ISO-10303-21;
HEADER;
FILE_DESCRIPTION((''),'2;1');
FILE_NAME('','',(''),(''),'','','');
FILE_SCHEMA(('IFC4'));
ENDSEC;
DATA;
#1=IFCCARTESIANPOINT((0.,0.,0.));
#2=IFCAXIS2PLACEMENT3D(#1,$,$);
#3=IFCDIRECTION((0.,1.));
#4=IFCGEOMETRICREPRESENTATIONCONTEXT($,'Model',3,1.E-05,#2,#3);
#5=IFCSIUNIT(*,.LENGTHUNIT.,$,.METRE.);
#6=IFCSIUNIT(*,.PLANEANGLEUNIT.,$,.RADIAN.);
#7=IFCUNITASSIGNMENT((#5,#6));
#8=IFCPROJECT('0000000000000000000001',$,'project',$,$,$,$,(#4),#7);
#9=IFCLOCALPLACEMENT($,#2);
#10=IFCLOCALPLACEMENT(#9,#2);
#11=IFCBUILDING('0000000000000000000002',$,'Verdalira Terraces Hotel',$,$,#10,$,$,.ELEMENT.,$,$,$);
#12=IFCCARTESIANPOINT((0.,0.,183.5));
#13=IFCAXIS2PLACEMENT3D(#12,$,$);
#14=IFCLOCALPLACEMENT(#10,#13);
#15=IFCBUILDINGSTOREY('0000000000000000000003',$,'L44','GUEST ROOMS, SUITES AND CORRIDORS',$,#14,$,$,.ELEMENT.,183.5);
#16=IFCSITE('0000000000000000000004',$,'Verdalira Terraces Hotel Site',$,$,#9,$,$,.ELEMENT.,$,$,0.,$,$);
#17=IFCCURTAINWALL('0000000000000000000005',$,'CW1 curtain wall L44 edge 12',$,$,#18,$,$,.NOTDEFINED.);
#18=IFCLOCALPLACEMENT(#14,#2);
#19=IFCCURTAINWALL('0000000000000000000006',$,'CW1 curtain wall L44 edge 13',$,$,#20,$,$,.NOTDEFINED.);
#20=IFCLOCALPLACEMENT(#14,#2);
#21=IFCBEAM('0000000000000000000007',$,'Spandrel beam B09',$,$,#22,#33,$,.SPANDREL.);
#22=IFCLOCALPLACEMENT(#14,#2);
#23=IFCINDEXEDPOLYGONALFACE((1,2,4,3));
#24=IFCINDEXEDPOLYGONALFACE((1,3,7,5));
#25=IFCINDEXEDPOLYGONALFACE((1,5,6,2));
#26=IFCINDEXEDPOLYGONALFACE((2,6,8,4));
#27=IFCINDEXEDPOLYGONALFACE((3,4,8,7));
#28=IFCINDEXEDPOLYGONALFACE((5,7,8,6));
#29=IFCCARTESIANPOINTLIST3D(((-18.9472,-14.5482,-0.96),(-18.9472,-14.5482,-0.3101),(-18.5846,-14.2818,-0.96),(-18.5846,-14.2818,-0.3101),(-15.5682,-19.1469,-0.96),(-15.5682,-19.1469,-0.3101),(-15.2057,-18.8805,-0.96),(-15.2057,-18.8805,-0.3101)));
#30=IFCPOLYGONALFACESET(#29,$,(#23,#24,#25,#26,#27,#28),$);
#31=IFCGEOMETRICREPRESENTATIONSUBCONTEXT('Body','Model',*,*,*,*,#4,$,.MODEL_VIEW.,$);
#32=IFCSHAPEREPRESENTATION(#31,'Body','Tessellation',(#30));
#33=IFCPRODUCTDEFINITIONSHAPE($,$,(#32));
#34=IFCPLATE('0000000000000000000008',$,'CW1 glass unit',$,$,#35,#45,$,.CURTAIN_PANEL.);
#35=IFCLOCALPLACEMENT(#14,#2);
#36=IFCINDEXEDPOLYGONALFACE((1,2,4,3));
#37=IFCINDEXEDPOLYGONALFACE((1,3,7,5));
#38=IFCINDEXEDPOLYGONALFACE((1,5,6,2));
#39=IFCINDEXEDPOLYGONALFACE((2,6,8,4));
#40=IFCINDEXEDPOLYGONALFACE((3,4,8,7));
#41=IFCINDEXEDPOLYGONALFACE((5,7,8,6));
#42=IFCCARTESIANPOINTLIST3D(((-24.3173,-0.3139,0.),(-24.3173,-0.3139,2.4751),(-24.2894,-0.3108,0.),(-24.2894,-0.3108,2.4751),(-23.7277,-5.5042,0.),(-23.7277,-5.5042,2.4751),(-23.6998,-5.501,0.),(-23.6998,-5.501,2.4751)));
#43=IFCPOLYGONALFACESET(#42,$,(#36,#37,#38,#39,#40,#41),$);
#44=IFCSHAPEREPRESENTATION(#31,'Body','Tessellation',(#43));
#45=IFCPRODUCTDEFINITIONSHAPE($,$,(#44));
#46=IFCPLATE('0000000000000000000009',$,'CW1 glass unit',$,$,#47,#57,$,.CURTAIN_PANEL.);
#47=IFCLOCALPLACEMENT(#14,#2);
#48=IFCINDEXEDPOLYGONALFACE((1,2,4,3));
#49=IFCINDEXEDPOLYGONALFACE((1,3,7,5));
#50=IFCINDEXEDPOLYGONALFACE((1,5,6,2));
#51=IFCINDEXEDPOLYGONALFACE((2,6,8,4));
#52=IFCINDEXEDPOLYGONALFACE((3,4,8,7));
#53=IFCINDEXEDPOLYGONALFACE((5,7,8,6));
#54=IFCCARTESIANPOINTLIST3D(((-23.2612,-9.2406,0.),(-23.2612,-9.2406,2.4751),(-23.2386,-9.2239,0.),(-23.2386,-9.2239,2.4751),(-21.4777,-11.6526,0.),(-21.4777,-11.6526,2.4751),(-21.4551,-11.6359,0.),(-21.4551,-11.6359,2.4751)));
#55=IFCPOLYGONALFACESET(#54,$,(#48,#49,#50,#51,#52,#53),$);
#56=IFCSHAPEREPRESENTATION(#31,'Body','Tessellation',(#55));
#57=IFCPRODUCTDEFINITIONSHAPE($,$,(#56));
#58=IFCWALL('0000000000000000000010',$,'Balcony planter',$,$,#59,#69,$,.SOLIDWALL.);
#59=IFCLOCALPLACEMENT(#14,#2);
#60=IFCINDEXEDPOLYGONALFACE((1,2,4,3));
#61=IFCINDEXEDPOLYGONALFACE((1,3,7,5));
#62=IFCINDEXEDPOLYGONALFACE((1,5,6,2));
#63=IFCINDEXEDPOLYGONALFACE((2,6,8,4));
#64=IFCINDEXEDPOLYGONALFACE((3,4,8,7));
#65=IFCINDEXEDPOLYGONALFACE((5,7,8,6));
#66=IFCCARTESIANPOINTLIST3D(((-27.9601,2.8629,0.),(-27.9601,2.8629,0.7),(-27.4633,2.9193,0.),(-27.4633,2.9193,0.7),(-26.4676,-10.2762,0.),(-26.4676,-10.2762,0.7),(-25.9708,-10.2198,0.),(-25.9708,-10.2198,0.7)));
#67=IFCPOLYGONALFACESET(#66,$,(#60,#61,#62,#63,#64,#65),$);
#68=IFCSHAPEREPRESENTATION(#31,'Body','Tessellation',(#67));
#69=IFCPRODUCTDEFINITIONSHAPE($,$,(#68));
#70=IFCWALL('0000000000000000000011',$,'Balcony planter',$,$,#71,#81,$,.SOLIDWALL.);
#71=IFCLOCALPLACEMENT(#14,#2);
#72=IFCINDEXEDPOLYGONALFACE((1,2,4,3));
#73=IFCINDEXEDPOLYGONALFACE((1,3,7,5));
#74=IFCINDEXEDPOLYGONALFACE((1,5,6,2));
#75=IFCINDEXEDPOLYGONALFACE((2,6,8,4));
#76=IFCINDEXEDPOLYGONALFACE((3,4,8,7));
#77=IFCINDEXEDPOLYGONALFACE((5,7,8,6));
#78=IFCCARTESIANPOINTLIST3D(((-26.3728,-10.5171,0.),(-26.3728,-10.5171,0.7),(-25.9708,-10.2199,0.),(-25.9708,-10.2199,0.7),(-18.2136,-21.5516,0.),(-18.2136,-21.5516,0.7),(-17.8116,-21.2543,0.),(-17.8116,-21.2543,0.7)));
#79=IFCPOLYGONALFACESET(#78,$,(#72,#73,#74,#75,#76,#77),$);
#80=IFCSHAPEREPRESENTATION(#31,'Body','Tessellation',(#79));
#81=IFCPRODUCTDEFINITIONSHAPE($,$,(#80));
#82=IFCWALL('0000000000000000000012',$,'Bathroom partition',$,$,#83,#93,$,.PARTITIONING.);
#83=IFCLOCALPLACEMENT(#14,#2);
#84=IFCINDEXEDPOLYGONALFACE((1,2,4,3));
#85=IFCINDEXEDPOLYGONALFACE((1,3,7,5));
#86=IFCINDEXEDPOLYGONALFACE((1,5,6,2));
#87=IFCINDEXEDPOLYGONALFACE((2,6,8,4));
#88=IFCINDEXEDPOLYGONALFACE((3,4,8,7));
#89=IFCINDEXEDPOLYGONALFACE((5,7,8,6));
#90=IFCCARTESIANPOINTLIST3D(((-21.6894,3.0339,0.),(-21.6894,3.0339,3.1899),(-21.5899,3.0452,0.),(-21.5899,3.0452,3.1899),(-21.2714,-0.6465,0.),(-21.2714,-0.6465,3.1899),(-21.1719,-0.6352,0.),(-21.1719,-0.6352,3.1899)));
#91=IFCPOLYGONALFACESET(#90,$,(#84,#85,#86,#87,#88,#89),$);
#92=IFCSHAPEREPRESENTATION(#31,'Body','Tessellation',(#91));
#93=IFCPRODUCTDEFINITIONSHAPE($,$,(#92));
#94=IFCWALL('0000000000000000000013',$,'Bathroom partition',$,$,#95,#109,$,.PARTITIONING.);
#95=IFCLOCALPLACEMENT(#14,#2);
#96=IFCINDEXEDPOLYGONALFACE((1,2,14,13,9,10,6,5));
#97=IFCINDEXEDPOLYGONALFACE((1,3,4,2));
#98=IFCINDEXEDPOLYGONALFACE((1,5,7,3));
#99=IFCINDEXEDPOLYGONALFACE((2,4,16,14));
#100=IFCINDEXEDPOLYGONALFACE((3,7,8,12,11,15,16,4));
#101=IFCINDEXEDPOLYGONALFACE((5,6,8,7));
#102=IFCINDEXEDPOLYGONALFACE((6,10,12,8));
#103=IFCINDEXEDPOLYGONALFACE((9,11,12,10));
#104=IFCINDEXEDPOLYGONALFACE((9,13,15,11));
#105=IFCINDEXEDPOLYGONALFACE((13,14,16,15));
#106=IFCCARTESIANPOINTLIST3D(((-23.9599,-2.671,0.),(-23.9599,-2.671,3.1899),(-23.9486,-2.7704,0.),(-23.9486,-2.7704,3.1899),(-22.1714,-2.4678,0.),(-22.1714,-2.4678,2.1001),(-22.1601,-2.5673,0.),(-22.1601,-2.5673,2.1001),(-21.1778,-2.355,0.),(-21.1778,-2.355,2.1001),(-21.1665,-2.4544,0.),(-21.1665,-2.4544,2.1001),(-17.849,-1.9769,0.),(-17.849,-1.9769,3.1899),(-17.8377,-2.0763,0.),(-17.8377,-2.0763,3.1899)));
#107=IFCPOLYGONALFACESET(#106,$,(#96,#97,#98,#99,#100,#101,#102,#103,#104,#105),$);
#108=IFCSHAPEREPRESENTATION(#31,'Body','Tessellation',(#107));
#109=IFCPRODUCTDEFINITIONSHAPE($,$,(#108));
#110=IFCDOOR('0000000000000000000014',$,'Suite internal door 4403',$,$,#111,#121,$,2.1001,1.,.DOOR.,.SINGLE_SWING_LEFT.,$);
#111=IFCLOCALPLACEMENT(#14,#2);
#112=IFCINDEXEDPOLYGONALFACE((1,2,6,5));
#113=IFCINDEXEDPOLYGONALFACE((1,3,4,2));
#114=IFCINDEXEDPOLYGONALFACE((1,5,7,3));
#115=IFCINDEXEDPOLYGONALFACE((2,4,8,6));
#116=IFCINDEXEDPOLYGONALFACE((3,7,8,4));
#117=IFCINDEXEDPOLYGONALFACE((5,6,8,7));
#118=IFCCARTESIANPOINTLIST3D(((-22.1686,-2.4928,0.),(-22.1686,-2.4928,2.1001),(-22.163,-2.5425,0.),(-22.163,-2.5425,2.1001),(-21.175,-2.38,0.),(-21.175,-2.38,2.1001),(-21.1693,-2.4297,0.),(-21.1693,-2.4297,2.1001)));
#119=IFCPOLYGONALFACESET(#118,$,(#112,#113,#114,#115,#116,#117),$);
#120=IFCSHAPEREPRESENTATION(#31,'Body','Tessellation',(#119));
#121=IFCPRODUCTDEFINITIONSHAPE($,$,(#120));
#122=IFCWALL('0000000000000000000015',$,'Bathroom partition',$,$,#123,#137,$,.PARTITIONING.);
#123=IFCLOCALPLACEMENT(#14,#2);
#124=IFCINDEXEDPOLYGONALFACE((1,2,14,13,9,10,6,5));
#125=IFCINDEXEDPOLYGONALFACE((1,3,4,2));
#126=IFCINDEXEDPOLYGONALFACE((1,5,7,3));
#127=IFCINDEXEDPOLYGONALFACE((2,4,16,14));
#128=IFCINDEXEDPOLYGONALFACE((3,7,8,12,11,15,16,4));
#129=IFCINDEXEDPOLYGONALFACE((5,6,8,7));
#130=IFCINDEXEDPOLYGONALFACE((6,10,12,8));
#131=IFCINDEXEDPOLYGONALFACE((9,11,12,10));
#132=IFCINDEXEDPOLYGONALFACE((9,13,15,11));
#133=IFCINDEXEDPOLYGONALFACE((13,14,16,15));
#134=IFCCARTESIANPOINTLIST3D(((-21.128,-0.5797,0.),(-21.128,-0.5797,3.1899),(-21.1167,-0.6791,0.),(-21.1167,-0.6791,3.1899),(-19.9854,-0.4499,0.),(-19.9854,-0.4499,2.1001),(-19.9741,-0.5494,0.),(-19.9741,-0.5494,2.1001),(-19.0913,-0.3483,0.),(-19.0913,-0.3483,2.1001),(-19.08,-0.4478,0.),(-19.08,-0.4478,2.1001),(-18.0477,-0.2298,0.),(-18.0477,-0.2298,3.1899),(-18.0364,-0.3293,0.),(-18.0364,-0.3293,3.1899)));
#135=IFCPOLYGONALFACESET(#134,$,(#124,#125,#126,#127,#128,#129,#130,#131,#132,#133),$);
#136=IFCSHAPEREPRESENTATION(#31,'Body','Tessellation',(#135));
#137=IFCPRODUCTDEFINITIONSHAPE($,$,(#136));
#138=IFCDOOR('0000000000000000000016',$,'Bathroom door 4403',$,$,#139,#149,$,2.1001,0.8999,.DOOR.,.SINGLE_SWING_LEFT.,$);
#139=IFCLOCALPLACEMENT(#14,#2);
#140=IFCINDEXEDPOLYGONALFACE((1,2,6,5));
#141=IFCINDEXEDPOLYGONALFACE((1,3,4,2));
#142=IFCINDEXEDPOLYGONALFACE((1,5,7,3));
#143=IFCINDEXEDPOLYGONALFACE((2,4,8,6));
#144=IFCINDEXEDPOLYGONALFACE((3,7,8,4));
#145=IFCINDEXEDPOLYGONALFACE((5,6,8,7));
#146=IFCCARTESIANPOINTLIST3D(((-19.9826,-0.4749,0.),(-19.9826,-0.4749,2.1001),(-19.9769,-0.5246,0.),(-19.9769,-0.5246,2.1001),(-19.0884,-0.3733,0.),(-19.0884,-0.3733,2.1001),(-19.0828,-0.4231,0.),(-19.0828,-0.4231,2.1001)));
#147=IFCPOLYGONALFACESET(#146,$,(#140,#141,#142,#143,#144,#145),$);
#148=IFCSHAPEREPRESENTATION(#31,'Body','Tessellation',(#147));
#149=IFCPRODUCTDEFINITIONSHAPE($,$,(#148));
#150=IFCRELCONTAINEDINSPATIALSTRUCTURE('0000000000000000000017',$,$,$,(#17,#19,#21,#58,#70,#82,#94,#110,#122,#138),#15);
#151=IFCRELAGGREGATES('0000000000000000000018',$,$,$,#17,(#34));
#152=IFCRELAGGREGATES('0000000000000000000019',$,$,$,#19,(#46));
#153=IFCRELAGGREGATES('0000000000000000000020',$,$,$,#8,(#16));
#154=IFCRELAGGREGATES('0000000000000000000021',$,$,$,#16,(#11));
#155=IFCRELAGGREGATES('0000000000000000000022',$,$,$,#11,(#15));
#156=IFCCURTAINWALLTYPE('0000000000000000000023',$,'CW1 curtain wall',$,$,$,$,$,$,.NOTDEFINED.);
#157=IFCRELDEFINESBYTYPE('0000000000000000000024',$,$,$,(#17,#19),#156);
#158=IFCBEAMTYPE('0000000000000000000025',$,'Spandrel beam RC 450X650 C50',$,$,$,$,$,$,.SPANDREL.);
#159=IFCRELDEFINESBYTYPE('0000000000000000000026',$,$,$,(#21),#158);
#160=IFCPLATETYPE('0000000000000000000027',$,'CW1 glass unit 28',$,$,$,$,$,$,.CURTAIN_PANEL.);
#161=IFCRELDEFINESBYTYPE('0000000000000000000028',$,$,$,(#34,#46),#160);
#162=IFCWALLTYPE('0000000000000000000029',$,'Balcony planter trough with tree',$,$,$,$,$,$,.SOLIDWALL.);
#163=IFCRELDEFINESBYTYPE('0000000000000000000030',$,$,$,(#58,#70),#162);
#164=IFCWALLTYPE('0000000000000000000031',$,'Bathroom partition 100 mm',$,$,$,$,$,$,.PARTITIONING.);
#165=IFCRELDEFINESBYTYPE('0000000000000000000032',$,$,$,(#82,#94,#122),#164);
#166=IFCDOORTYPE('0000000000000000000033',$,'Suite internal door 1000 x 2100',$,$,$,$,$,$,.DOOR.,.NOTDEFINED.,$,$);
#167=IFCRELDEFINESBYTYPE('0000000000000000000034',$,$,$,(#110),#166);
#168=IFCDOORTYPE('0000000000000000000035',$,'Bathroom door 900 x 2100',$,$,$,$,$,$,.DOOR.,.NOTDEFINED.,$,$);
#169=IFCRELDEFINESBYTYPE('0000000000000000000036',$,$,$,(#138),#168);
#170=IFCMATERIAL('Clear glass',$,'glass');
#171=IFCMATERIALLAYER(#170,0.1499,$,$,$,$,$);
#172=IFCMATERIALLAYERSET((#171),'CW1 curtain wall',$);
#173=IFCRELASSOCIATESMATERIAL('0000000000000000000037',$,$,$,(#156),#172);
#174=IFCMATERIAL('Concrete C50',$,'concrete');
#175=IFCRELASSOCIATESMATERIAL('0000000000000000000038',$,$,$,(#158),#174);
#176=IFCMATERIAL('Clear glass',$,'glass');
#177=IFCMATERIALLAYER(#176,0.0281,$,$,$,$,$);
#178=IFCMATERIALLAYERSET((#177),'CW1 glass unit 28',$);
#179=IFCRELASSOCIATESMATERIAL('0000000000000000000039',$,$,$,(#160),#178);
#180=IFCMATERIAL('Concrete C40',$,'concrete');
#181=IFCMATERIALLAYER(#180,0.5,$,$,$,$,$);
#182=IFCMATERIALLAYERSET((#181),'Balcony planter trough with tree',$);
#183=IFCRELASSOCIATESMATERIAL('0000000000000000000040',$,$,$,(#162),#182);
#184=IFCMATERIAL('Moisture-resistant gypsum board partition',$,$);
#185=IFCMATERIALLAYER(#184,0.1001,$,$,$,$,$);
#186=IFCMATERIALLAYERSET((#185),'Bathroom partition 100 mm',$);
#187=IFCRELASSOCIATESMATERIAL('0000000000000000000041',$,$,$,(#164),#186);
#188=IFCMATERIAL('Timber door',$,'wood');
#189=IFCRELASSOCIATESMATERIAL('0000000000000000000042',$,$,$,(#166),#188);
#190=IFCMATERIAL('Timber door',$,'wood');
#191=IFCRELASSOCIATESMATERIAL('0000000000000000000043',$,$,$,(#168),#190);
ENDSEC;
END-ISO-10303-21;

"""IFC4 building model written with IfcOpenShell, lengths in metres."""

from ifc_helpers import new_model, si_unit, direction, frame, frame_2d, origin, origin_2d, place, context, subcontext, project, spatial, rectangle, extrude, material, layer, layer_set, material_profile, profile_set, type_object, element, fill, aggregate, save


model = new_model("IFC4")

# Units and contexts
model_context = context("Model", 3, precision=1e-05, world=origin(), true_north=direction((0.0, 1.0)))
body_context = subcontext(model_context, "Body", "Model", "MODEL_VIEW")
ifc_project = project(units=[si_unit("LENGTHUNIT", "METRE"), si_unit("PLANEANGLEUNIT", "RADIAN")], contexts=[model_context])

# Site, building, storey
site_placement = place(None, origin())
site = spatial("IfcSite", under=ifc_project, at=site_placement, Name="Verdalira Terraces Hotel Site", CompositionType="ELEMENT", RefElevation=0.0)
building_placement = place(site_placement, origin())
building = spatial("IfcBuilding", under=site, at=building_placement, Name="Verdalira Terraces Hotel", CompositionType="ELEMENT")
storey_placement = place(building_placement, frame((0.0, 0.0, 183.5)))
storey = spatial("IfcBuildingStorey", under=building, at=storey_placement, Name="L44", Description="GUEST ROOMS, SUITES AND CORRIDORS", CompositionType="ELEMENT", Elevation=183.5)

# Curtain wall
ifc_material_1 = material(Name="Clear glass", Category="glass")
ifc_layer_1 = layer(ifc_material_1, 0.1499)
ifc_layer_set_1 = layer_set([ifc_layer_1], Name="CW1 curtain wall")
curtain_wall_type = type_object("IfcCurtainWallType", Name="CW1 curtain wall", PredefinedType="NOTDEFINED", material=ifc_layer_set_1)
curtain_wall_1_placement = place(storey_placement, origin())
curtain_wall_1 = element("IfcCurtainWall", 1, at=curtain_wall_1_placement, inside=storey, type_object=curtain_wall_type, Name="CW1 curtain wall L44 edge 12", PredefinedType="NOTDEFINED")

# Curtain wall
curtain_wall_2_placement = place(storey_placement, origin())
curtain_wall_2 = element("IfcCurtainWall", 2, at=curtain_wall_2_placement, inside=storey, type_object=curtain_wall_type, Name="CW1 curtain wall L44 edge 13", PredefinedType="NOTDEFINED")

# Beam
ifc_material_2 = material(Name="Concrete C50", Category="concrete")
ifc_material_profile_1 = material_profile(ifc_material_2, rectangle(XDim=0.45, YDim=0.6499, at=origin_2d()), Name="RC 450X650")
ifc_profile_set_1 = profile_set([ifc_material_profile_1], Name="Concrete C50")
beam_type_1 = type_object("IfcBeamType", Name="Spandrel beam RC 450X650 C50", PredefinedType="SPANDREL", material=ifc_profile_set_1)
beam_1_placement = place(storey_placement, frame((-18.7659, -14.415, -0.635), z_axis=(0.592113, -0.805855, 0.0), x_axis=(0.805855, 0.592113, 0.0)))
element("IfcBeam", 3, at=beam_1_placement, inside=storey, type_object=beam_type_1, Name="Spandrel beam B09", PredefinedType="SPANDREL", context=body_context, shape_type="SweptSolid", body=[
    extrude(rectangle(XDim=0.45, YDim=0.6499, at=origin_2d()), origin(), (0.0, 0.0, 1.0), 5.7065),
])

# Plates
ifc_material_3 = material(Name="Clear glass", Category="glass")
ifc_layer_2 = layer(ifc_material_3, 0.0281)
ifc_layer_set_2 = layer_set([ifc_layer_2], Name="CW1 glass unit 28")
plate_type = type_object("IfcPlateType", Name="CW1 glass unit 28", PredefinedType="CURTAIN_PANEL", material=ifc_layer_set_2)
plate_1_placement = place(storey_placement, frame((-24.0085, -2.9075, 0.0), z_axis=(0.0, 0.0, 1.0), x_axis=(0.112856, -0.993611, 0.0)))
plate_1 = element("IfcPlate", 4, at=plate_1_placement, type_object=plate_type, Name="CW1 glass unit", PredefinedType="CURTAIN_PANEL", context=body_context, shape_type="SweptSolid", body=[
    extrude(rectangle(XDim=5.2236, YDim=0.0281, at=origin_2d()), origin(), (0.0, 0.0, 1.0), 2.4751),
])
aggregate(curtain_wall_1, [plate_1])
plate_2_placement = place(storey_placement, frame((-22.3582, -10.4382, 0.0), z_axis=(0.0, 0.0, 1.0), x_axis=(0.594542, -0.804064, 0.0)))
plate_2 = element("IfcPlate", 5, at=plate_2_placement, type_object=plate_type, Name="CW1 glass unit", PredefinedType="CURTAIN_PANEL", context=body_context, shape_type="SweptSolid", body=[
    extrude(rectangle(XDim=2.9998, YDim=0.0281, at=origin_2d()), origin(), (0.0, 0.0, 1.0), 2.4751),
])
aggregate(curtain_wall_2, [plate_2])

# Walls
ifc_material_4 = material(Name="Concrete C40", Category="concrete")
ifc_layer_3 = layer(ifc_material_4, 0.5)
ifc_layer_set_3 = layer_set([ifc_layer_3], Name="Balcony planter trough with tree")
wall_type_1 = type_object("IfcWallType", Name="Balcony planter trough with tree", PredefinedType="SOLIDWALL", material=ifc_layer_set_3)
wall_1_placement = place(storey_placement, frame((-27.7117, 2.8911, 0.0), z_axis=(0.0, 0.0, 1.0), x_axis=(0.112861, -0.993611, 0.0)))
element("IfcWall", 6, at=wall_1_placement, inside=storey, type_object=wall_type_1, Name="Balcony planter", PredefinedType="SOLIDWALL", context=body_context, shape_type="SweptSolid", body=[
    extrude(rectangle(XDim=13.2236, YDim=0.5, at=frame_2d((6.6118, 0.0))), origin(), (0.0, 0.0, 1.0), 0.7),
])
wall_2_placement = place(storey_placement, frame((-26.1719, -10.3684, 0.0), z_axis=(0.0, 0.0, 1.0), x_axis=(0.594547, -0.804061, 0.0)))
element("IfcWall", 7, at=wall_2_placement, inside=storey, type_object=wall_type_1, Name="Balcony planter", PredefinedType="SOLIDWALL", context=body_context, shape_type="SweptSolid", body=[
    extrude(rectangle(XDim=13.7234, YDim=0.5, at=frame_2d((6.8618, 0.0))), origin(), (0.0, 0.0, 1.0), 0.7),
])
ifc_material_5 = material(Name="Moisture-resistant gypsum board partition")
ifc_layer_4 = layer(ifc_material_5, 0.1001)
ifc_layer_set_4 = layer_set([ifc_layer_4], Name="Bathroom partition 100 mm")
wall_type_2 = type_object("IfcWallType", Name="Bathroom partition 100 mm", PredefinedType="PARTITIONING", material=ifc_layer_set_4)
wall_3_placement = place(storey_placement, frame((-21.6396, 3.0396, 0.0), z_axis=(0.0, 0.0, 1.0), x_axis=(0.11284, -0.993613, 0.0)))
element("IfcWall", 8, at=wall_3_placement, inside=storey, type_object=wall_type_2, Name="Bathroom partition", PredefinedType="PARTITIONING", context=body_context, shape_type="SweptSolid", body=[
    extrude(rectangle(XDim=3.7041, YDim=0.1001, at=frame_2d((1.8521, 0.0))), origin(), (0.0, 0.0, 1.0), 3.1899),
])

# Walls, openings, doors
wall_4_placement = place(storey_placement, frame((-23.9543, -2.7207, 0.0), z_axis=(0.0, 0.0, 1.0), x_axis=(0.993611, 0.112858, 0.0)))
wall_4 = element("IfcWall", 9, at=wall_4_placement, inside=storey, type_object=wall_type_2, Name="Bathroom partition", PredefinedType="PARTITIONING", context=body_context, shape_type="SweptSolid", body=[
    extrude(rectangle(XDim=6.1501, YDim=0.1001, at=frame_2d((3.0752, 0.0))), origin(), (0.0, 0.0, 1.0), 3.1899),
])
opening_1_placement = place(wall_4_placement, frame((1.8, 0.0, 0.0)))
opening_1 = element("IfcOpeningElement", 10, at=opening_1_placement, cuts=wall_4, PredefinedType="OPENING", context=body_context, shape_type="SweptSolid", body=[
    extrude(rectangle(XDim=1.0, YDim=2.1001, at=frame_2d((0.5, 1.05))), frame((0.0, 0.0601, 0.0), z_axis=(0.0, -1.0, 0.0), x_axis=(1.0, 0.0, 0.0)), (0.0, 0.0, 1.0), 0.1201),
])
ifc_material_6 = material(Name="Timber door", Category="wood")
door_type_1 = type_object("IfcDoorType", Name="Suite internal door 1000 x 2100", OperationType="NOTDEFINED", PredefinedType="DOOR", material=ifc_material_6)
door_1_placement = place(opening_1_placement, origin())
door_1 = element("IfcDoor", 11, at=door_1_placement, inside=storey, type_object=door_type_1, Name="Suite internal door 4403", OperationType="SINGLE_SWING_LEFT", OverallHeight=2.1001, OverallWidth=1.0, PredefinedType="DOOR", context=body_context, shape_type="SweptSolid", body=[
    extrude(rectangle(XDim=1.0, YDim=2.1001, at=frame_2d((0.5, 1.05))), frame((0.0, 0.0249, 0.0), z_axis=(0.0, -1.0, 0.0), x_axis=(1.0, 0.0, 0.0)), (0.0, 0.0, 1.0), 0.05),
])
fill(opening_1, door_1)
wall_5_placement = place(storey_placement, frame((-21.1223, -0.6294, 0.0), z_axis=(0.0, 0.0, 1.0), x_axis=(0.993612, 0.112851, 0.0)))
wall_5 = element("IfcWall", 12, at=wall_5_placement, inside=storey, type_object=wall_type_2, Name="Bathroom partition", PredefinedType="PARTITIONING", context=body_context, shape_type="SweptSolid", body=[
    extrude(rectangle(XDim=3.1001, YDim=0.1001, at=frame_2d((1.55, 0.0))), origin(), (0.0, 0.0, 1.0), 3.1899),
])
opening_2_placement = place(wall_5_placement, frame((1.1499, 0.0, 0.0)))
opening_2 = element("IfcOpeningElement", 13, at=opening_2_placement, cuts=wall_5, PredefinedType="OPENING", context=body_context, shape_type="SweptSolid", body=[
    extrude(rectangle(XDim=0.8999, YDim=2.1001, at=frame_2d((0.45, 1.05))), frame((0.0, 0.0601, 0.0), z_axis=(0.0, -1.0, 0.0), x_axis=(1.0, 0.0, 0.0)), (0.0, 0.0, 1.0), 0.1201),
])
ifc_material_7 = material(Name="Timber door", Category="wood")
door_type_2 = type_object("IfcDoorType", Name="Bathroom door 900 x 2100", OperationType="NOTDEFINED", PredefinedType="DOOR", material=ifc_material_7)
door_2_placement = place(opening_2_placement, origin())
door_2 = element("IfcDoor", 14, at=door_2_placement, inside=storey, type_object=door_type_2, Name="Bathroom door 4403", OperationType="SINGLE_SWING_LEFT", OverallHeight=2.1001, OverallWidth=0.8999, PredefinedType="DOOR", context=body_context, shape_type="SweptSolid", body=[
    extrude(rectangle(XDim=0.8999, YDim=2.1001, at=frame_2d((0.45, 1.05))), frame((0.0, 0.0249, 0.0), z_axis=(0.0, -1.0, 0.0), x_axis=(1.0, 0.0, 0.0)), (0.0, 0.0, 1.0), 0.05),
])
fill(opening_2, door_2)

save(model, "model.ifc")
